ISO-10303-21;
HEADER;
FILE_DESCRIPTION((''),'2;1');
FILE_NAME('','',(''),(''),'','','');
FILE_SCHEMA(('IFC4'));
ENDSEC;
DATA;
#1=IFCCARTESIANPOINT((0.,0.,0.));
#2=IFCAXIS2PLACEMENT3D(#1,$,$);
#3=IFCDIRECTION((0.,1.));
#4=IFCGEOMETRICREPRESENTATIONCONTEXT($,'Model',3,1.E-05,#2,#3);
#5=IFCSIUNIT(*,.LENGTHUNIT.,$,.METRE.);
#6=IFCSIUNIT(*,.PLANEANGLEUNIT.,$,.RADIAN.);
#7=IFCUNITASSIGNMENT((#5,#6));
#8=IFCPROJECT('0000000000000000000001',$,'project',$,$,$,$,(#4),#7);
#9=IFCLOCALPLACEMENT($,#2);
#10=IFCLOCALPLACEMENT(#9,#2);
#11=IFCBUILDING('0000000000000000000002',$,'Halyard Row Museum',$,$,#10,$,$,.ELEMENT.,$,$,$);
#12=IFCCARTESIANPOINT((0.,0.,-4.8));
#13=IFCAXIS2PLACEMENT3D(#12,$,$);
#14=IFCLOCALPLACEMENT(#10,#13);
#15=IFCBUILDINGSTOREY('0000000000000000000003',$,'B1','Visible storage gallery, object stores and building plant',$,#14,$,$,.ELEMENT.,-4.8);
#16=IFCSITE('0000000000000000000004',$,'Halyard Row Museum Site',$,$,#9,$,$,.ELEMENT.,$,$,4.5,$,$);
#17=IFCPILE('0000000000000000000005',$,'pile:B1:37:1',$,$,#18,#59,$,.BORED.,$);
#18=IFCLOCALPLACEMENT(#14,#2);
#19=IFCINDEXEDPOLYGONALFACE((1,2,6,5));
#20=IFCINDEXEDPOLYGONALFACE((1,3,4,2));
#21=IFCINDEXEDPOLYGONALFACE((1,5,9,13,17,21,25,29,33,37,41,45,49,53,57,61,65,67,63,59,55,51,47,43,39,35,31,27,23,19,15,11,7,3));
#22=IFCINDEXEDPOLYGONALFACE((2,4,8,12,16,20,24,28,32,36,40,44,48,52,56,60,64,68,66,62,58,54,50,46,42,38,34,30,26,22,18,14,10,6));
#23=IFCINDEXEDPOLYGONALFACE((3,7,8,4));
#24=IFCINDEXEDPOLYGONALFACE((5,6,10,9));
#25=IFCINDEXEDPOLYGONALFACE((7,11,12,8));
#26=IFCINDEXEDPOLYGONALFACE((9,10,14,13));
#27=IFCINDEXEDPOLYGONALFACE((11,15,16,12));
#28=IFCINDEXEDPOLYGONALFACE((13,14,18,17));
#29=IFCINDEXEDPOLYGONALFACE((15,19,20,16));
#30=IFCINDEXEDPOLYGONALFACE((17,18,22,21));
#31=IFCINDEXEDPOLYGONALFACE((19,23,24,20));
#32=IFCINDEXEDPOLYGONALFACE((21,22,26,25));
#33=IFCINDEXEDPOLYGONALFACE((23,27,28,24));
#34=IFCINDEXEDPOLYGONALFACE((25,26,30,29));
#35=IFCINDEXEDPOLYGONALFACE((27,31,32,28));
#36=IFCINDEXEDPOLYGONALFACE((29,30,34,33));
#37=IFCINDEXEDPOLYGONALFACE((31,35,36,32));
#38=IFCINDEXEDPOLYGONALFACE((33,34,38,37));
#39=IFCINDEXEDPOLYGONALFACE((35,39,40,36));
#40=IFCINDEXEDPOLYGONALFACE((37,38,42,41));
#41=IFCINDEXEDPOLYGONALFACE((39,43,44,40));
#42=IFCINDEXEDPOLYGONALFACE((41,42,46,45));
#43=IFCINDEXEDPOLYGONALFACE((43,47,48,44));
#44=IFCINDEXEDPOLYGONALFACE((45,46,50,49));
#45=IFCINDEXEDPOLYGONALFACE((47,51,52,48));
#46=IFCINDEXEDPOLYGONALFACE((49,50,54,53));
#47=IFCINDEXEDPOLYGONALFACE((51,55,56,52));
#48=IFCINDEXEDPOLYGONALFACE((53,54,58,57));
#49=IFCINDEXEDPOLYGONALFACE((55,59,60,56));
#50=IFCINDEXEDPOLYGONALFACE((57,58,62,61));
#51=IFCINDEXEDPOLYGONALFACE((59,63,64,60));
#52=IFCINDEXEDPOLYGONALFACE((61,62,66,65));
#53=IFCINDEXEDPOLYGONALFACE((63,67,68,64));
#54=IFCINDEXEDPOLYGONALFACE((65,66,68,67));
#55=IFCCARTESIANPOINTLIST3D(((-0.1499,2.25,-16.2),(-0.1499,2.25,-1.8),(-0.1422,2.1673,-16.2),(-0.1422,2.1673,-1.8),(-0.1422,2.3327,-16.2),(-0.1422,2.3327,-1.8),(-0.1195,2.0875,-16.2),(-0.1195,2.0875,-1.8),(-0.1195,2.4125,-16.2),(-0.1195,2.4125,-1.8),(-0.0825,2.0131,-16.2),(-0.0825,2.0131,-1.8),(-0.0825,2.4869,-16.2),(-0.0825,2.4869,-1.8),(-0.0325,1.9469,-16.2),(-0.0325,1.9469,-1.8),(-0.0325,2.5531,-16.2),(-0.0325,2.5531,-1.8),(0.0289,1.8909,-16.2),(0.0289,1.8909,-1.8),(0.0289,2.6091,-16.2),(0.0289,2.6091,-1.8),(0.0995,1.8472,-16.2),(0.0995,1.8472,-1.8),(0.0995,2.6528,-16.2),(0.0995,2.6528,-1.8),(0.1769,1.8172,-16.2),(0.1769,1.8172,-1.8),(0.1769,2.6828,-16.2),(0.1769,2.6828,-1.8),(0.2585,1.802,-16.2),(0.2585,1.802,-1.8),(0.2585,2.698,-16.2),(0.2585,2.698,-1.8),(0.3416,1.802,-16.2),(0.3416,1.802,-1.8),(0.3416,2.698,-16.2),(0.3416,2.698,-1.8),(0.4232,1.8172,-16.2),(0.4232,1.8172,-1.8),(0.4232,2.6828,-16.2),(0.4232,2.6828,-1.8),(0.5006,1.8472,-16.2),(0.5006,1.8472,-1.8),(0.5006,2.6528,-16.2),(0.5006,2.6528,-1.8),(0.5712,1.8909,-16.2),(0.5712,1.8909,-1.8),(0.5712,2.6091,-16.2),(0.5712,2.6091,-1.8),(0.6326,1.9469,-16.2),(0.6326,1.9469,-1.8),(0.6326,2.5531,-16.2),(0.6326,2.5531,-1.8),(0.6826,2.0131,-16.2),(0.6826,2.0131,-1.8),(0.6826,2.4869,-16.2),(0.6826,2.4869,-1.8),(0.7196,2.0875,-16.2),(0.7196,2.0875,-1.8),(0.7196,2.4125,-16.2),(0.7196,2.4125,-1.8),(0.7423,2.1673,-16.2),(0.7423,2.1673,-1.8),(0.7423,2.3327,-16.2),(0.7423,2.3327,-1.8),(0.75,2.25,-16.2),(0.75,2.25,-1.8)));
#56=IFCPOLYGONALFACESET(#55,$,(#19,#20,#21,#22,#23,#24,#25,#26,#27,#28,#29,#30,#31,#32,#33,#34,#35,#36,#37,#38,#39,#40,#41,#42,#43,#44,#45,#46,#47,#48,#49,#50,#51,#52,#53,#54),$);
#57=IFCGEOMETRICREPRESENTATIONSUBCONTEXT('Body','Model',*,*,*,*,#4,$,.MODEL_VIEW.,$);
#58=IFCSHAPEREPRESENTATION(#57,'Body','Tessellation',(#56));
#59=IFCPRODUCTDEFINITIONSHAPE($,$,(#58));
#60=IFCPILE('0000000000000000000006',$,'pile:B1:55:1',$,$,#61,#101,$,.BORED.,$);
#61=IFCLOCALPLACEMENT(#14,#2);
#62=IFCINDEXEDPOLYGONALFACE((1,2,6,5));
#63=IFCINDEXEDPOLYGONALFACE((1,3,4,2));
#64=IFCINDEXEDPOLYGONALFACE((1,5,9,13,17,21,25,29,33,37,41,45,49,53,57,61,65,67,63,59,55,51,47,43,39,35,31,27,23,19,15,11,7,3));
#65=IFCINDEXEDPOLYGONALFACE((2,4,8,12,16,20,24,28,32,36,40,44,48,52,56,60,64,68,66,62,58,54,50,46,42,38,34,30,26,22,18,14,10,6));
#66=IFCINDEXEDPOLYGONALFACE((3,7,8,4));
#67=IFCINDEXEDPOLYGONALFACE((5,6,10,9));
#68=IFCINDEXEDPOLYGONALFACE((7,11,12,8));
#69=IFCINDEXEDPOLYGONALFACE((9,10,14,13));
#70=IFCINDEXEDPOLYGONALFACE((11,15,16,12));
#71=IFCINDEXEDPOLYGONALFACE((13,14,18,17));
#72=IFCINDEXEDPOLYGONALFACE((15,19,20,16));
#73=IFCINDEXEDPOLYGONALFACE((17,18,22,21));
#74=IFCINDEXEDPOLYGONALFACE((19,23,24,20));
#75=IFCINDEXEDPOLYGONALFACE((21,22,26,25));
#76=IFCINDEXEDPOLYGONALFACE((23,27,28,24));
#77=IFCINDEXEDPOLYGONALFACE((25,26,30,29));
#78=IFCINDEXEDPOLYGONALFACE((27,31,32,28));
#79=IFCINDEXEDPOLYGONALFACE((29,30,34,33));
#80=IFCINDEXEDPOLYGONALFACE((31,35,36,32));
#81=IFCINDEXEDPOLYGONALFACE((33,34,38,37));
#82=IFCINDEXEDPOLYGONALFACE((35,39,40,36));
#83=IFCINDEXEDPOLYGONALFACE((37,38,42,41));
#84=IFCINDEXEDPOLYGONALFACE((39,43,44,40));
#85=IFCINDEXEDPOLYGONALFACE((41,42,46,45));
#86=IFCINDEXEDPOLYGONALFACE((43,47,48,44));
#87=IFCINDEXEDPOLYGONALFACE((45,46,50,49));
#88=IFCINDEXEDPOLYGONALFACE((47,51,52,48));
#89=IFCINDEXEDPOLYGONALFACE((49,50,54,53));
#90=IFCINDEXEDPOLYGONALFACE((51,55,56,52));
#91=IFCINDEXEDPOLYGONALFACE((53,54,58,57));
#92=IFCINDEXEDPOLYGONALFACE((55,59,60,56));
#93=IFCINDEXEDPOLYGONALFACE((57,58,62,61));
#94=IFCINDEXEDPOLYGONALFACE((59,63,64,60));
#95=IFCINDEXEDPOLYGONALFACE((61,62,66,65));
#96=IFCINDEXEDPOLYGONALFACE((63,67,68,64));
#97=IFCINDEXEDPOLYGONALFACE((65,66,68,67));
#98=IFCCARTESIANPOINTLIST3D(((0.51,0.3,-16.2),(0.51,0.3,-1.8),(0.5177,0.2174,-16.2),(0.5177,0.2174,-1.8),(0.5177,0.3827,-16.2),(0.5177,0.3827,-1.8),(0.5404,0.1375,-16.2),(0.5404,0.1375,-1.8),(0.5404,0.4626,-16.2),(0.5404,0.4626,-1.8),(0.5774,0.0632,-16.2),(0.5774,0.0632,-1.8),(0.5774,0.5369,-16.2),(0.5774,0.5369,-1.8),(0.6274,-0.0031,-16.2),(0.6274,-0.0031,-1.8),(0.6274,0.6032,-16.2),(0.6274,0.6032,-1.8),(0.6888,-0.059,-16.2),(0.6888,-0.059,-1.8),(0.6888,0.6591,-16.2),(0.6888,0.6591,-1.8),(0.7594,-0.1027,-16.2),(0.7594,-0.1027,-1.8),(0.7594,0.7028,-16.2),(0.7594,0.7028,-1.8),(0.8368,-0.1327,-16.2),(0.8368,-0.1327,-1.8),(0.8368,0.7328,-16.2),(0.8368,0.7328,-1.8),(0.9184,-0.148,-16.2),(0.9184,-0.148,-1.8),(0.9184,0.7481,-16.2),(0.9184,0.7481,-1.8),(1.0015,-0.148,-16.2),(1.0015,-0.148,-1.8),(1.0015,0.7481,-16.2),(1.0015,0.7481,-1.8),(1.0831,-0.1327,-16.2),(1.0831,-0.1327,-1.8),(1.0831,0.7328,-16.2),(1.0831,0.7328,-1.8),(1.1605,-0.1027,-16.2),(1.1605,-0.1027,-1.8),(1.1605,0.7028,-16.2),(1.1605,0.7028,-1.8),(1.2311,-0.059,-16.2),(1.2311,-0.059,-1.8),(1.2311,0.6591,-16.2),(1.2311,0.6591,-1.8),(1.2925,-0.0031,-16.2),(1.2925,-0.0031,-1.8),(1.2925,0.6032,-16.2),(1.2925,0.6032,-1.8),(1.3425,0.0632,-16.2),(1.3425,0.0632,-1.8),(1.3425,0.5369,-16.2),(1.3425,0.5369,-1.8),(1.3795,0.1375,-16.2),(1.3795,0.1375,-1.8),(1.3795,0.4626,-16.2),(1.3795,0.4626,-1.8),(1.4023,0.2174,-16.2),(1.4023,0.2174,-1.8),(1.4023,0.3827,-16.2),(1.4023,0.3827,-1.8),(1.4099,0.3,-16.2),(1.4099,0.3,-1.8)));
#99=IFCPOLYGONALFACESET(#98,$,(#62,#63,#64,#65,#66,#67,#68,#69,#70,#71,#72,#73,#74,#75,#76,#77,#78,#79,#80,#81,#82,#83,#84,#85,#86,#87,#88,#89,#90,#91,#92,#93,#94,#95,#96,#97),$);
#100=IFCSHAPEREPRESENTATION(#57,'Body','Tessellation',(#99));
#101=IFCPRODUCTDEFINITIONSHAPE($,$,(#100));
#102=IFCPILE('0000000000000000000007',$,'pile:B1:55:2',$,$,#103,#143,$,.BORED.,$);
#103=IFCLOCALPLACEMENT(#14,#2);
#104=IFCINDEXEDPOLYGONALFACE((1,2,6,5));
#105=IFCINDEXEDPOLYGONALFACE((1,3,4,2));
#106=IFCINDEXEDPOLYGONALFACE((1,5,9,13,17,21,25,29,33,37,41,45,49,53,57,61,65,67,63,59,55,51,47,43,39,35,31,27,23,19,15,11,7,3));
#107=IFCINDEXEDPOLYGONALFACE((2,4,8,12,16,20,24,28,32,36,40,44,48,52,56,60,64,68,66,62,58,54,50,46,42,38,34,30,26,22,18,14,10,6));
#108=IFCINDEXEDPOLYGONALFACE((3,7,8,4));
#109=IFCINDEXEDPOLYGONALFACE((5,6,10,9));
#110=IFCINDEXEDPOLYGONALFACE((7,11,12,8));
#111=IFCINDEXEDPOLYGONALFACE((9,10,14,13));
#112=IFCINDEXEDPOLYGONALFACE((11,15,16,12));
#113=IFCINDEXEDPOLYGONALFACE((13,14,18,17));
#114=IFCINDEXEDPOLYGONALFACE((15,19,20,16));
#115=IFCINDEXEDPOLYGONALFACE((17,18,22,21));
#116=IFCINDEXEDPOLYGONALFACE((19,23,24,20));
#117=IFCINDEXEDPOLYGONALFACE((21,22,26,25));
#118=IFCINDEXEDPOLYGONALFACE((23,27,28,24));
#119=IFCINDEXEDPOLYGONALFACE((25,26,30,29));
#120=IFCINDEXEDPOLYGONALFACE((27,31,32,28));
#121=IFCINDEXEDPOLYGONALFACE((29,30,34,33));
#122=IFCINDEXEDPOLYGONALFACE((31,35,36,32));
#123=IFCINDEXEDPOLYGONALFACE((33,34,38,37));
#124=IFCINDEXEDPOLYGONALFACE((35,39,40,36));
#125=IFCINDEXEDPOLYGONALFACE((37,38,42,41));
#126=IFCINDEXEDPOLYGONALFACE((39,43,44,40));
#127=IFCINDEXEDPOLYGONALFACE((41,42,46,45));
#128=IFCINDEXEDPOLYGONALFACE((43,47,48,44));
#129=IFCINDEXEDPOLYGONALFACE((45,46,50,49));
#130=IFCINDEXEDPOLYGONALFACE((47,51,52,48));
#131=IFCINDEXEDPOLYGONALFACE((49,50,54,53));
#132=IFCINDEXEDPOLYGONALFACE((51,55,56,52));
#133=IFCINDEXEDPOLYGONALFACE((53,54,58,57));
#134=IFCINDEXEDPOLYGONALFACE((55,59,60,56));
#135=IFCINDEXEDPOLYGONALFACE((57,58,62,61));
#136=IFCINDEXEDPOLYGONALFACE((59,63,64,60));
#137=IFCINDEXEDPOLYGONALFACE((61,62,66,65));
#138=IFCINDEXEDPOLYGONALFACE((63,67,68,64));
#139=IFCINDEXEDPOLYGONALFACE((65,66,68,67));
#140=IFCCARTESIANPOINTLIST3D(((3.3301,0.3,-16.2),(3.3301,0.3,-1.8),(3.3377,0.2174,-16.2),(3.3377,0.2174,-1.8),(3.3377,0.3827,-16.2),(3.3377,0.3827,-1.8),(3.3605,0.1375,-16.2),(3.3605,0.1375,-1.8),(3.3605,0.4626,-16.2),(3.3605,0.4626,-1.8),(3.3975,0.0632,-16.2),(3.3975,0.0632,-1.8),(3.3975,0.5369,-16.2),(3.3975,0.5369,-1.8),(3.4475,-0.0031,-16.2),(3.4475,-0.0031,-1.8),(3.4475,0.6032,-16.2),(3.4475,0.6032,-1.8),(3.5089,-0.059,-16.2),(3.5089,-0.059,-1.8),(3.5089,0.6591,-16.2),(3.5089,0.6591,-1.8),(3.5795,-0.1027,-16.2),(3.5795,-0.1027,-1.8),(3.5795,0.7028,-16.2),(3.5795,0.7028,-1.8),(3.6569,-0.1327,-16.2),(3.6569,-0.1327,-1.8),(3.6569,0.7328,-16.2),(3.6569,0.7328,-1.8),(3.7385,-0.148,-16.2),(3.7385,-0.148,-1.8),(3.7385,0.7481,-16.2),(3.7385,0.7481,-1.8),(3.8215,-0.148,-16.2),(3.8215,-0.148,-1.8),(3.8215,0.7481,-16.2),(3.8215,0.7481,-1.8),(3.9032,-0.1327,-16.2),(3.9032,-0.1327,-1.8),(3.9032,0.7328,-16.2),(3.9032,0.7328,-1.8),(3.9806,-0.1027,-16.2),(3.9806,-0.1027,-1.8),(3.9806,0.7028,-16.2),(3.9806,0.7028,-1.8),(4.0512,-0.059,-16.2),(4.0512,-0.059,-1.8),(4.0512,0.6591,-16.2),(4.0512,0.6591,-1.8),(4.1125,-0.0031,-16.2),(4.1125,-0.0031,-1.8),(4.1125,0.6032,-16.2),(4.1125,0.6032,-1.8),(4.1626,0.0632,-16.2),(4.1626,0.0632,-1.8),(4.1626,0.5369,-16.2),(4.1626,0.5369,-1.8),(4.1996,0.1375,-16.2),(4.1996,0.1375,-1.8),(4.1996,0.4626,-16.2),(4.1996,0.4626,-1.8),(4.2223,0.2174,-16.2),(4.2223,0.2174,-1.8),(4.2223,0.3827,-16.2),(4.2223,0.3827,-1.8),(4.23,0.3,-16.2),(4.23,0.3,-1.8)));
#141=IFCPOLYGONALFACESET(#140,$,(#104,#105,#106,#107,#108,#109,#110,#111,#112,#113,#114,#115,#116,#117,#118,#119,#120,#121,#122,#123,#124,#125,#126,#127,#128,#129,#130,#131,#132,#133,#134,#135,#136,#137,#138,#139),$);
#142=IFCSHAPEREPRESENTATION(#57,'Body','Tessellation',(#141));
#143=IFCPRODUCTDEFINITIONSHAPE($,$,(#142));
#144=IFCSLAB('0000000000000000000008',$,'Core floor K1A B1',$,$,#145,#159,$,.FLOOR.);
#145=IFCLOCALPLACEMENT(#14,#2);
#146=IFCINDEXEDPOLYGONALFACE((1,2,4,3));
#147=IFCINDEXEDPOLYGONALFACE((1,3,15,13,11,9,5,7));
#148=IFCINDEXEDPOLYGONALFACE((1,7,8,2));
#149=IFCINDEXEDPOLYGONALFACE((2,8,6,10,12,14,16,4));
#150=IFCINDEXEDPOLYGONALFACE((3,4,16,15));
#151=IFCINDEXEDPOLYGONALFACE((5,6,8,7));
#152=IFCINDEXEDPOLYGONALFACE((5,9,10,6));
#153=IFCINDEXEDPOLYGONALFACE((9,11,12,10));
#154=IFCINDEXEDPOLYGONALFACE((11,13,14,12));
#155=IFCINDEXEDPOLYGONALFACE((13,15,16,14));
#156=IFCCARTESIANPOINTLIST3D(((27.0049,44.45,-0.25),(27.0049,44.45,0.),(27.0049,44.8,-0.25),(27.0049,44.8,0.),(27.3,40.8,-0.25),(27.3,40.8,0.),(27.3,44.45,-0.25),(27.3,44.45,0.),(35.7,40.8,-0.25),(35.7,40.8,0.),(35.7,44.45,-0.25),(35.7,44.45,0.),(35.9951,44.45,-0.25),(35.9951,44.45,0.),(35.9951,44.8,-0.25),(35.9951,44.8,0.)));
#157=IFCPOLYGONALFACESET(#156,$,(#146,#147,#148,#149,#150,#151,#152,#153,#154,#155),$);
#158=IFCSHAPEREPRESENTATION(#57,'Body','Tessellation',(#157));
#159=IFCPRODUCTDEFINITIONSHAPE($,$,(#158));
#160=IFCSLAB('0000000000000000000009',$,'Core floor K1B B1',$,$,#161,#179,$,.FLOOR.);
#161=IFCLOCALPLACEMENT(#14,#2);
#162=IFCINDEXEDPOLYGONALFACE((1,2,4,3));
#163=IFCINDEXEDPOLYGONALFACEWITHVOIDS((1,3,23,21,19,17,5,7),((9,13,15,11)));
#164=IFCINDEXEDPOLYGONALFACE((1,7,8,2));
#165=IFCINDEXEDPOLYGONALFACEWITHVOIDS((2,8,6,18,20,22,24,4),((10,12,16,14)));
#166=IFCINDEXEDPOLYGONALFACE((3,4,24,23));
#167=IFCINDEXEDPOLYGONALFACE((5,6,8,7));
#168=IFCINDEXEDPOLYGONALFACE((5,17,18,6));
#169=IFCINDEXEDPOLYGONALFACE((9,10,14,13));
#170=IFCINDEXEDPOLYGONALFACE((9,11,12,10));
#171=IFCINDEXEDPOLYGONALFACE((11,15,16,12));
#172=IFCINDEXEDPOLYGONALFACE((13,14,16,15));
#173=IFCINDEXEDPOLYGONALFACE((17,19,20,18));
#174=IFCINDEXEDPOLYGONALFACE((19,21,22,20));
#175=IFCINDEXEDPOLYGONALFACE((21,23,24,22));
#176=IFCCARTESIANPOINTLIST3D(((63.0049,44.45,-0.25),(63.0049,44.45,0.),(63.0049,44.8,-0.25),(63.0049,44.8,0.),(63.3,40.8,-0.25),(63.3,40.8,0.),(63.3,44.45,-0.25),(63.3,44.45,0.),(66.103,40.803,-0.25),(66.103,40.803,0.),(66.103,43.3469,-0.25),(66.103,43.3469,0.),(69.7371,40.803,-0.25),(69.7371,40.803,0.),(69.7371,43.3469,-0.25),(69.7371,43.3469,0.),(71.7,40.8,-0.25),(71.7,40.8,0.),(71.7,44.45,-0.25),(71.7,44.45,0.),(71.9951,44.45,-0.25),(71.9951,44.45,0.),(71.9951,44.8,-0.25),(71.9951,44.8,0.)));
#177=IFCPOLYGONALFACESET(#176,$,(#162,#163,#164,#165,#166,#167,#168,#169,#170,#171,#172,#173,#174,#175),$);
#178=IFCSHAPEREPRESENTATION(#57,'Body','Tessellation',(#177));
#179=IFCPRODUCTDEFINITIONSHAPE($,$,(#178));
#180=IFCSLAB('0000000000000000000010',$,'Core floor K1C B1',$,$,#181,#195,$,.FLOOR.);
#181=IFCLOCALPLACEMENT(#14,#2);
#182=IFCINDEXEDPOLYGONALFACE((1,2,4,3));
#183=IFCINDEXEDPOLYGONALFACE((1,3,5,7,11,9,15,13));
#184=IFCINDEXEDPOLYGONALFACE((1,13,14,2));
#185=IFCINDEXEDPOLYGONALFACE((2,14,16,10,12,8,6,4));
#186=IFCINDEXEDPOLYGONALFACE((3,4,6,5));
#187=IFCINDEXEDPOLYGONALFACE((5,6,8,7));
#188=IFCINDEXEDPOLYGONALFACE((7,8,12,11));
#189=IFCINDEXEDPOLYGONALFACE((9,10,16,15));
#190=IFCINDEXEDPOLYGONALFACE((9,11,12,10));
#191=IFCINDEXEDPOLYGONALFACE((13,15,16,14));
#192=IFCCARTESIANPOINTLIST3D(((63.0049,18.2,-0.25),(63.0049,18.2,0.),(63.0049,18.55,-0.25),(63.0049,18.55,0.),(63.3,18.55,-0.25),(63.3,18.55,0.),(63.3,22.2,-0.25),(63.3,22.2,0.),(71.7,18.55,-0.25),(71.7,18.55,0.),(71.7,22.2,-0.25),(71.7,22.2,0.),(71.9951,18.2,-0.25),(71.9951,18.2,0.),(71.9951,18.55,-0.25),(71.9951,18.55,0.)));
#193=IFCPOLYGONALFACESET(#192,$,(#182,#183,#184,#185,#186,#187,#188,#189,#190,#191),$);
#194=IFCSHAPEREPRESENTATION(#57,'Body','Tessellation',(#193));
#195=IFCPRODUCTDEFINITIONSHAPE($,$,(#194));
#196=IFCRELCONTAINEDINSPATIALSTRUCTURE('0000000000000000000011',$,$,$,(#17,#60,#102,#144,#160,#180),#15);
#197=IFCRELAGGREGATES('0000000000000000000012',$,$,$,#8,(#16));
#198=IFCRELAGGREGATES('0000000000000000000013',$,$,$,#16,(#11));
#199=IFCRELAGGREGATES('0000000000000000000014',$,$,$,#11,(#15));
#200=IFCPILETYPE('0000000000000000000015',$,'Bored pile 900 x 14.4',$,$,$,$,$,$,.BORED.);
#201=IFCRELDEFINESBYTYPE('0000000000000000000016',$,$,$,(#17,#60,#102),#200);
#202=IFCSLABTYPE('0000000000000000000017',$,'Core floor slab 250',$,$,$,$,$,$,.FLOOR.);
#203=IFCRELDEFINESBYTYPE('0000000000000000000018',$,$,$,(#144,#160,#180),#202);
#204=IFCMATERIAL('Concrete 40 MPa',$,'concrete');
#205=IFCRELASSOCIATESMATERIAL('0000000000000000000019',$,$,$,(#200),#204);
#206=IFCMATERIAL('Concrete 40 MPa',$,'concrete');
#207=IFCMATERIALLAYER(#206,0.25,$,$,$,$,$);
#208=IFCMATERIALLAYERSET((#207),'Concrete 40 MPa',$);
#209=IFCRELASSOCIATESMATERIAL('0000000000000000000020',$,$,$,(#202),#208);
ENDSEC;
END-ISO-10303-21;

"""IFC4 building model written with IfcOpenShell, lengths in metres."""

from ifc_helpers import new_model, si_unit, direction, frame, origin, origin_2d, place, context, subcontext, project, spatial, polyline, circle, outline, extrude, material, layer, layer_set, material_profile, profile_set, type_object, element, save


model = new_model("IFC4")

# Units and contexts
model_context = context("Model", 3, precision=1e-05, world=origin(), true_north=direction((0.0, 1.0)))
body_context = subcontext(model_context, "Body", "Model", "MODEL_VIEW")
ifc_project = project(units=[si_unit("LENGTHUNIT", "METRE"), si_unit("PLANEANGLEUNIT", "RADIAN")], contexts=[model_context])

# Site, building, storey
site_placement = place(None, origin())
site = spatial("IfcSite", under=ifc_project, at=site_placement, Name="Halyard Row Museum Site", CompositionType="ELEMENT", RefElevation=4.5)
building_placement = place(site_placement, origin())
building = spatial("IfcBuilding", under=site, at=building_placement, Name="Halyard Row Museum", CompositionType="ELEMENT")
storey_placement = place(building_placement, frame((0.0, 0.0, -4.8)))
storey = spatial("IfcBuildingStorey", under=building, at=storey_placement, Name="B1", Description="Visible storage gallery, object stores and building plant", CompositionType="ELEMENT", Elevation=-4.8)

# Piles
ifc_material_1 = material(Name="Concrete 40 MPa", Category="concrete")
ifc_material_profile = material_profile(ifc_material_1, circle(Radius=0.45, at=origin_2d()), Name="Bored pile 900 x 14.4")
ifc_profile_set = profile_set([ifc_material_profile], Name="Concrete 40 MPa")
pile_type = type_object("IfcPileType", Name="Bored pile 900 x 14.4", PredefinedType="BORED", material=ifc_profile_set)
for number, where, z_axis, x_axis, name in (
    (1, (0.3, 2.25, -1.8), (0.0, 0.0, -1.0), (1.0, 0.0, 0.0), "pile:B1:37:1"),
    (2, (0.96, 0.3, -1.8), (0.0, 0.0, -1.0), (1.0, 0.0, 0.0), "pile:B1:55:1"),
    (3, (3.78, 0.3, -1.8), (0.0, 0.0, -1.0), (1.0, 0.0, 0.0), "pile:B1:55:2"),
):
    element("IfcPile", number, at=place(storey_placement, frame(where, z_axis=z_axis, x_axis=x_axis)), inside=storey, type_object=pile_type, Name=name, PredefinedType="BORED", context=body_context, shape_type="SweptSolid", body=[
        extrude(circle(Radius=0.45, at=origin_2d()), origin(), (0.0, 0.0, 1.0), 14.3999),
    ])

# Slabs
ifc_material_2 = material(Name="Concrete 40 MPa", Category="concrete")
ifc_layer_1 = layer(ifc_material_2, 0.25)
ifc_layer_set_1 = layer_set([ifc_layer_1], Name="Concrete 40 MPa")
slab_type_1 = type_object("IfcSlabType", Name="Core floor slab 250", PredefinedType="FLOOR", material=ifc_layer_set_1)
slab_1_placement = place(storey_placement, frame((0.0, 0.0, -0.25)))
element("IfcSlab", 4, at=slab_1_placement, inside=storey, type_object=slab_type_1, Name="Core floor K1A B1", PredefinedType="FLOOR", context=body_context, shape_type="SweptSolid", body=[
    extrude(outline(polyline([(27.3, 40.8), (35.7, 40.8), (35.7, 44.45), (35.9951, 44.45), (35.9951, 44.8), (27.0049, 44.8), (27.0049, 44.45), (27.3, 44.45), (27.3, 40.8)])), origin(), (0.0, 0.0, 1.0), 0.25),
])
slab_2_placement = place(storey_placement, frame((0.0, 0.0, -0.25)))
element("IfcSlab", 5, at=slab_2_placement, inside=storey, type_object=slab_type_1, Name="Core floor K1B B1", PredefinedType="FLOOR", context=body_context, shape_type="SweptSolid", body=[
    extrude(outline(polyline([(63.3, 40.8), (71.7, 40.8), (71.7, 44.45), (71.9951, 44.45), (71.9951, 44.8), (63.0049, 44.8), (63.0049, 44.45), (63.3, 44.45), (63.3, 40.8)]), holes=[polyline([(69.7371, 43.3469), (69.7371, 40.803), (66.103, 40.803), (66.103, 43.3469), (69.7371, 43.3469)])]), origin(), (0.0, 0.0, 1.0), 0.25),
])
slab_3_placement = place(storey_placement, frame((0.0, 0.0, -0.25)))
element("IfcSlab", 6, at=slab_3_placement, inside=storey, type_object=slab_type_1, Name="Core floor K1C B1", PredefinedType="FLOOR", context=body_context, shape_type="SweptSolid", body=[
    extrude(outline(polyline([(63.3, 22.2), (63.3, 18.55), (63.0049, 18.55), (63.0049, 18.2), (71.9951, 18.2), (71.9951, 18.55), (71.7, 18.55), (71.7, 22.2), (63.3, 22.2)])), origin(), (0.0, 0.0, 1.0), 0.25),
])

save(model, "model.ifc")
